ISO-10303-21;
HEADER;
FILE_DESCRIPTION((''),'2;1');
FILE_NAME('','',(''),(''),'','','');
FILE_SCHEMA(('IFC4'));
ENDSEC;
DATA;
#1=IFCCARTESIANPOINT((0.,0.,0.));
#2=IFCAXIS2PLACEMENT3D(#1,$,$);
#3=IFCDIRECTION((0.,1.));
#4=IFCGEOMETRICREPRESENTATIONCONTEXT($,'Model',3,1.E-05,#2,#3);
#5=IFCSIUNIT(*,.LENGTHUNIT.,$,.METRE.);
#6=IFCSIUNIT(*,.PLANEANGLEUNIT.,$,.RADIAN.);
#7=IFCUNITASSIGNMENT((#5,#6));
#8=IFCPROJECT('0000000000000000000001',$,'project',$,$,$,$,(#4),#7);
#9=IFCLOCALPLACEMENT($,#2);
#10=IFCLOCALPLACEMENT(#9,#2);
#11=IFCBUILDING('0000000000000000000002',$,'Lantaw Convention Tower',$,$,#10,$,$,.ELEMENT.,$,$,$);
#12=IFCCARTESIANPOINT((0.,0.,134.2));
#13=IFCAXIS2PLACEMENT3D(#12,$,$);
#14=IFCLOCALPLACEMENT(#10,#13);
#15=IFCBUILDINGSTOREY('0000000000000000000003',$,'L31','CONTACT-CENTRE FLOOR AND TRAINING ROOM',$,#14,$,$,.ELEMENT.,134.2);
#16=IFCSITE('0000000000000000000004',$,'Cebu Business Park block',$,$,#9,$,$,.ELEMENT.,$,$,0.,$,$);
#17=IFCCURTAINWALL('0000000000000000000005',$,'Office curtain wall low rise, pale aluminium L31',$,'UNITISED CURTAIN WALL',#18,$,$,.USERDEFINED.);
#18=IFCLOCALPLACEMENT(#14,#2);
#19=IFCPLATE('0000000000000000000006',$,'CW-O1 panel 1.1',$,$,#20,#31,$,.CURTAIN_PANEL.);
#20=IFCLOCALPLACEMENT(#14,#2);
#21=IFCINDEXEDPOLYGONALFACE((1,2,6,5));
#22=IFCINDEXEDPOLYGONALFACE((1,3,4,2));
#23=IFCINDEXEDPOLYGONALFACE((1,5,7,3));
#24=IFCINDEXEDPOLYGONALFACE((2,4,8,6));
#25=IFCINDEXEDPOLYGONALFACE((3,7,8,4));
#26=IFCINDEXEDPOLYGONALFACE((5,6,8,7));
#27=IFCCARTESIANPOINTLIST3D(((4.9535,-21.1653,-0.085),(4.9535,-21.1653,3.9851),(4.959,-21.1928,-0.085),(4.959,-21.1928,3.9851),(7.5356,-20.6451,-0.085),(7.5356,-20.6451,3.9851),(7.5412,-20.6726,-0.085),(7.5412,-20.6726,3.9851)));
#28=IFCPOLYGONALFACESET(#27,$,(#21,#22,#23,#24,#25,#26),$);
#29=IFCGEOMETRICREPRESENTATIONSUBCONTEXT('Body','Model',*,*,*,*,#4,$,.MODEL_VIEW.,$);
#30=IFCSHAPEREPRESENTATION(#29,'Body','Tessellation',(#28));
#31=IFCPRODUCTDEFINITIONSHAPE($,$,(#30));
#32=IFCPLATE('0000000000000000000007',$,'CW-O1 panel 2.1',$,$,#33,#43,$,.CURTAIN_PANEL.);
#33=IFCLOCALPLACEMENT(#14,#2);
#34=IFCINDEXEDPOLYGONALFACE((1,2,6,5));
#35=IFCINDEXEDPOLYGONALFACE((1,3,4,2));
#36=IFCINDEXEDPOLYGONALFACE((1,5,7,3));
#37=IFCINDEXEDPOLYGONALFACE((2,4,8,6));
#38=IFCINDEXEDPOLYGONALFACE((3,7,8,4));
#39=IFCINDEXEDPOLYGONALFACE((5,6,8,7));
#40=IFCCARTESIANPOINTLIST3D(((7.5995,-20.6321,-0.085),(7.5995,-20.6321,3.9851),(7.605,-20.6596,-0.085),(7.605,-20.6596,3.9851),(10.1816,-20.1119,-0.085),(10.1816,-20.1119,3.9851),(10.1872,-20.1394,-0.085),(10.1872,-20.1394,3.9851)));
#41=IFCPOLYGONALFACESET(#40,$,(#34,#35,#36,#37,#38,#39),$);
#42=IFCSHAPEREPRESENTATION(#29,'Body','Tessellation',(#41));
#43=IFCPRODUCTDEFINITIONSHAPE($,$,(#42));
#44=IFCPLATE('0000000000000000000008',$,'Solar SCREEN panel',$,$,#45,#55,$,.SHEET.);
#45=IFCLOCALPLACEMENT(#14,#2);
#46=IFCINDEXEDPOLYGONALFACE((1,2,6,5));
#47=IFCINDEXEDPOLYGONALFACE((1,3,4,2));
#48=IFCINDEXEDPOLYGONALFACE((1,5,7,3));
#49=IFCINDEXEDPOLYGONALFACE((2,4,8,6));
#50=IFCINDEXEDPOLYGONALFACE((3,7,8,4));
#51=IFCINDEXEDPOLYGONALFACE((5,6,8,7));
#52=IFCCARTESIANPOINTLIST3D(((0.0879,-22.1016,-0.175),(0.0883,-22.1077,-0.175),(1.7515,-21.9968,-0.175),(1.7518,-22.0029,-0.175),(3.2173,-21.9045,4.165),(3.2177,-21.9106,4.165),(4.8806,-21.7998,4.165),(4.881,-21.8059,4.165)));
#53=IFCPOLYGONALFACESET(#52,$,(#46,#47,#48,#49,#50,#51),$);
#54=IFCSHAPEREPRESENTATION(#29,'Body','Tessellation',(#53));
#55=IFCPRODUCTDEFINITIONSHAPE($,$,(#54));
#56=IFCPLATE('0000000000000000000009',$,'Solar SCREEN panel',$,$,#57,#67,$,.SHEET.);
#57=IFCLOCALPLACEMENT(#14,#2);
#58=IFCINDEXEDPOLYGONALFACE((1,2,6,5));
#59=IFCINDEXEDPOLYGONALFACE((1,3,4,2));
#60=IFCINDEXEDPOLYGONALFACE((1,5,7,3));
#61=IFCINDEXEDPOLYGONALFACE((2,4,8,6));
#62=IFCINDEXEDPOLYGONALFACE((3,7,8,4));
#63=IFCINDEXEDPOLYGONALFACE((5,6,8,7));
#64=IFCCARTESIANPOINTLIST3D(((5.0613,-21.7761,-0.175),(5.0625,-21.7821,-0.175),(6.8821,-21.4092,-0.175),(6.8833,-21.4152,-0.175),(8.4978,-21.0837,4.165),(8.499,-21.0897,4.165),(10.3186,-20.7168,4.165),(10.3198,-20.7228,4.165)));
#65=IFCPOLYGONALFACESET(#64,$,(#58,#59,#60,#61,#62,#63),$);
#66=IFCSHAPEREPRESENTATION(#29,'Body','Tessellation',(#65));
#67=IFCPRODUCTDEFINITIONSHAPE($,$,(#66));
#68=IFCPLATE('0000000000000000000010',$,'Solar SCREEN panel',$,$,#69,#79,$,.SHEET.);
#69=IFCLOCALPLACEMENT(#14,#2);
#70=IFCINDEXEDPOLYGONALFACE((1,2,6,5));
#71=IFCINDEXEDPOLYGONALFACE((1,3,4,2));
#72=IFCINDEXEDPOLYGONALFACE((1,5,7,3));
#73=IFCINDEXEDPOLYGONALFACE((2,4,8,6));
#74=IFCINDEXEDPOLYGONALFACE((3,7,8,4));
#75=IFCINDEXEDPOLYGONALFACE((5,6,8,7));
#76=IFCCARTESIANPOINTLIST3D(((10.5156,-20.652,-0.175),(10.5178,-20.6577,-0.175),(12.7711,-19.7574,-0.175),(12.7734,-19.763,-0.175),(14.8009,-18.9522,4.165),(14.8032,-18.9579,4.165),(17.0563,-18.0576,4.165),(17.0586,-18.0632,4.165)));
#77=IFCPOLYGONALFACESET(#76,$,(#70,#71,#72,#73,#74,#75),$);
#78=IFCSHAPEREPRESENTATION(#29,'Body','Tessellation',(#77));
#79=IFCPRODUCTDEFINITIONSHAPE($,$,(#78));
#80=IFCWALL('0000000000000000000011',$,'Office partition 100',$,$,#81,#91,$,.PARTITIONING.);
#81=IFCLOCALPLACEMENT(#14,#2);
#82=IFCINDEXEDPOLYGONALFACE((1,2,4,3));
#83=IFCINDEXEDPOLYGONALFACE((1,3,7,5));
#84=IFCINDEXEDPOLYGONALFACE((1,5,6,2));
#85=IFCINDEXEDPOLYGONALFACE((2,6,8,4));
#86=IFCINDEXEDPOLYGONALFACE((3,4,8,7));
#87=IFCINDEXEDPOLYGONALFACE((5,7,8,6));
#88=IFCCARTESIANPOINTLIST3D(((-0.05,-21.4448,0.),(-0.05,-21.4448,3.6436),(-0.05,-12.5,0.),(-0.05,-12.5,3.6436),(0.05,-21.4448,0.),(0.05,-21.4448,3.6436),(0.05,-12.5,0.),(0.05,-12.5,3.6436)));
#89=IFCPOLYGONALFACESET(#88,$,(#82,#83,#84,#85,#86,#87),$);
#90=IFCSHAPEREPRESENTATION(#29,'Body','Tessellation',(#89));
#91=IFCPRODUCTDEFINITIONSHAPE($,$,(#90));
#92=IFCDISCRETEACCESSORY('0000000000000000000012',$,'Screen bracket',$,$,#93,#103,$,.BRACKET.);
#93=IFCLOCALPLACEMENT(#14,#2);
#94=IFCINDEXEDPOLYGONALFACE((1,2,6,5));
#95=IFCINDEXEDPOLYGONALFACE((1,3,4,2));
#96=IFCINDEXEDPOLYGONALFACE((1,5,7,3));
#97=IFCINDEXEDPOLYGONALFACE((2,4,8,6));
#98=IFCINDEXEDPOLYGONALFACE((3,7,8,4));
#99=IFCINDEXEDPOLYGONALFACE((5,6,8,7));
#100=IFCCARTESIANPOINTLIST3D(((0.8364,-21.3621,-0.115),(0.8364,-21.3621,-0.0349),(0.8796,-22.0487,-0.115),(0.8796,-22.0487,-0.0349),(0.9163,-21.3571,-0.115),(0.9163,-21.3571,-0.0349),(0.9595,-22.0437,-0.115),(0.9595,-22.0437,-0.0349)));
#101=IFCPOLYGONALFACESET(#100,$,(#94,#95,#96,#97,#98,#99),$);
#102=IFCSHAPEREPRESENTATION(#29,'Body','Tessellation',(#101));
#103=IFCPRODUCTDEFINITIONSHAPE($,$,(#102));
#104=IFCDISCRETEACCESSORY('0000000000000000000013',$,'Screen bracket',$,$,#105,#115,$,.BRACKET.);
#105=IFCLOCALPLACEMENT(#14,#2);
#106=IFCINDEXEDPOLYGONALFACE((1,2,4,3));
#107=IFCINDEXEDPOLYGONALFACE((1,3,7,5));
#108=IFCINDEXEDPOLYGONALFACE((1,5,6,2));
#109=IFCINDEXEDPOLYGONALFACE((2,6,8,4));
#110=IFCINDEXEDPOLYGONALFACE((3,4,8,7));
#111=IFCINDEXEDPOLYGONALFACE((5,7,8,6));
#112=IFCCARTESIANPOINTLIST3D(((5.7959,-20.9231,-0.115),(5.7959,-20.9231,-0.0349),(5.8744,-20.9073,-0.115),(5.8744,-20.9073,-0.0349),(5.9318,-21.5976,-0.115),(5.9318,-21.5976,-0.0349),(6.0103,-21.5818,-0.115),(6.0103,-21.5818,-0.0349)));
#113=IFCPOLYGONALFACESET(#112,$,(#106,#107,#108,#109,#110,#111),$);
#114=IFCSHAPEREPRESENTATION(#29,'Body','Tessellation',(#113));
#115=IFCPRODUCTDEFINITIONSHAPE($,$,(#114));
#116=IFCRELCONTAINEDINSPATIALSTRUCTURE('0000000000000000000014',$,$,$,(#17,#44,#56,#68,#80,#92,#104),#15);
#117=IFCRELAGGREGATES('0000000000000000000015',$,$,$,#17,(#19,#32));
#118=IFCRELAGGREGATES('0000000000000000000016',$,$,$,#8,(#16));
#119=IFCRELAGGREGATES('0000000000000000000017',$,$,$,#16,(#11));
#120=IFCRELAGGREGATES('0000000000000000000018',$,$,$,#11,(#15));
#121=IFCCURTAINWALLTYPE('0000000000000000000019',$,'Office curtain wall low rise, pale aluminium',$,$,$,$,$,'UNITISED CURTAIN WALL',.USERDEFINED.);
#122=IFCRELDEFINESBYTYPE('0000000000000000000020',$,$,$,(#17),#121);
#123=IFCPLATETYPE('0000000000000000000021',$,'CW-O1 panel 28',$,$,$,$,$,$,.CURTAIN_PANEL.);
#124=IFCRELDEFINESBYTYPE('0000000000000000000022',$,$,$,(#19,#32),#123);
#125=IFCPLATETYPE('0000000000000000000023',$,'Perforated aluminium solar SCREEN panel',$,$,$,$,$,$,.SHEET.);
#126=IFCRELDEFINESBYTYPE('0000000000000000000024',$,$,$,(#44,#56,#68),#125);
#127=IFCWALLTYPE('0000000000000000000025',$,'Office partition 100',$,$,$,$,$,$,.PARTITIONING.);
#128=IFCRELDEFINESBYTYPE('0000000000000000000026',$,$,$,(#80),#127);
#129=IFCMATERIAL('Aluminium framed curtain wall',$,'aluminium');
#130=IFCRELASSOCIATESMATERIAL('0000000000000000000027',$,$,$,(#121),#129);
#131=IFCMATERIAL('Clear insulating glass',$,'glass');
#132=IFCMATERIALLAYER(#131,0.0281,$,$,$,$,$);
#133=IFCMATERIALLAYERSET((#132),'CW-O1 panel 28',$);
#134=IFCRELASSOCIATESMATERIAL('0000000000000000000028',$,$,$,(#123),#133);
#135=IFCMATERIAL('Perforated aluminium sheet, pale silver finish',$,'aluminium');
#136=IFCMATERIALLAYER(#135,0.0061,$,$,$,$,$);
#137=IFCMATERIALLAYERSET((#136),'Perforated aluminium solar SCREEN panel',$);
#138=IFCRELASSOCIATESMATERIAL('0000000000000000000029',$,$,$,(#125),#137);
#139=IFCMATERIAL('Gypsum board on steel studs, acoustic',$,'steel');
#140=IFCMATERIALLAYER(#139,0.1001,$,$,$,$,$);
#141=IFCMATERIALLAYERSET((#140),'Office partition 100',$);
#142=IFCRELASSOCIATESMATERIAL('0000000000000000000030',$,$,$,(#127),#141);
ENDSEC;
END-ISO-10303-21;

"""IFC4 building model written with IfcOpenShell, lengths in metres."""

from ifc_helpers import new_model, si_unit, direction, frame, frame_2d, origin, origin_2d, place, context, subcontext, project, spatial, polyline, rectangle, outline, extrude, material, layer, layer_set, type_object, element, aggregate, save


model = new_model("IFC4")

# Units and contexts
model_context = context("Model", 3, precision=1e-05, world=origin(), true_north=direction((0.0, 1.0)))
body_context = subcontext(model_context, "Body", "Model", "MODEL_VIEW")
ifc_project = project(units=[si_unit("LENGTHUNIT", "METRE"), si_unit("PLANEANGLEUNIT", "RADIAN")], contexts=[model_context])

# Site, building, storey
site_placement = place(None, origin())
site = spatial("IfcSite", under=ifc_project, at=site_placement, Name="Cebu Business Park block", CompositionType="ELEMENT", RefElevation=0.0)
building_placement = place(site_placement, origin())
building = spatial("IfcBuilding", under=site, at=building_placement, Name="Lantaw Convention Tower", CompositionType="ELEMENT")
storey_placement = place(building_placement, frame((0.0, 0.0, 134.2)))
storey = spatial("IfcBuildingStorey", under=building, at=storey_placement, Name="L31", Description="CONTACT-CENTRE FLOOR AND TRAINING ROOM", CompositionType="ELEMENT", Elevation=134.2)

# Curtain wall
ifc_material_1 = material(Name="Aluminium framed curtain wall", Category="aluminium")
curtain_wall_type = type_object("IfcCurtainWallType", Name="Office curtain wall low rise, pale aluminium", ElementType="UNITISED CURTAIN WALL", PredefinedType="USERDEFINED", material=ifc_material_1)
curtain_wall_1_placement = place(storey_placement, origin())
curtain_wall_1 = element("IfcCurtainWall", 1, at=curtain_wall_1_placement, inside=storey, type_object=curtain_wall_type, Name="Office curtain wall low rise, pale aluminium L31", ObjectType="UNITISED CURTAIN WALL", PredefinedType="USERDEFINED")

# Plates
ifc_material_2 = material(Name="Clear insulating glass", Category="glass")
ifc_layer_1 = layer(ifc_material_2, 0.0281)
ifc_layer_set_1 = layer_set([ifc_layer_1], Name="CW-O1 panel 28")
plate_type_1 = type_object("IfcPlateType", Name="CW-O1 panel 28", PredefinedType="CURTAIN_PANEL", material=ifc_layer_set_1)
plate_1_placement = place(storey_placement, frame((6.2473, -20.9189, -0.085), z_axis=(0.0, 0.0, 1.0), x_axis=(0.980302, 0.197507, 0.0)))
plate_1 = element("IfcPlate", 2, at=plate_1_placement, type_object=plate_type_1, Name="CW-O1 panel 1.1", PredefinedType="CURTAIN_PANEL", context=body_context, shape_type="SweptSolid", body=[
    extrude(rectangle(XDim=2.634, YDim=0.0281, at=origin_2d()), origin(), (0.0, 0.0, 1.0), 4.0701),
])
plate_2_placement = place(storey_placement, frame((8.8933, -20.3857, -0.085), z_axis=(0.0, 0.0, 1.0), x_axis=(0.980302, 0.197507, 0.0)))
plate_2 = element("IfcPlate", 3, at=plate_2_placement, type_object=plate_type_1, Name="CW-O1 panel 2.1", PredefinedType="CURTAIN_PANEL", context=body_context, shape_type="SweptSolid", body=[
    extrude(rectangle(XDim=2.634, YDim=0.0281, at=origin_2d()), origin(), (0.0, 0.0, 1.0), 4.0701),
])
aggregate(curtain_wall_1, [plate_1, plate_2])

# Plates
ifc_material_3 = material(Name="Perforated aluminium sheet, pale silver finish", Category="aluminium")
ifc_layer_2 = layer(ifc_material_3, 0.0061)
ifc_layer_set_2 = layer_set([ifc_layer_2], Name="Perforated aluminium solar SCREEN panel")
plate_type_2 = type_object("IfcPlateType", Name="Perforated aluminium solar SCREEN panel", PredefinedType="SHEET", material=ifc_layer_set_2)
plate_3_placement = place(storey_placement, frame((0.0879, -22.1016, -0.175), z_axis=(-0.062839, 0.998024, 0.000002), x_axis=(0.998024, 0.062839, 0.0)))
element("IfcPlate", 4, at=plate_3_placement, inside=storey, type_object=plate_type_2, Name="Solar SCREEN panel", PredefinedType="SHEET", context=body_context, shape_type="SweptSolid", body=[
    extrude(outline(polyline([(0.0, 0.0), (1.6669, 0.0), (4.8022, -4.3401), (3.1356, -4.3401), (0.0, 0.0)])), origin(), (0.0, 0.0, -1.0), 0.0061),
])
plate_4_placement = place(storey_placement, frame((5.0613, -21.7761, -0.175), z_axis=(-0.197557, 0.980291, 0.000039), x_axis=(0.980291, 0.197557, 0.0)))
element("IfcPlate", 5, at=plate_4_placement, inside=storey, type_object=plate_type_2, Name="Solar SCREEN panel", PredefinedType="SHEET", context=body_context, shape_type="SweptSolid", body=[
    extrude(outline(polyline([(0.0, 0.0), (1.8574, 0.0), (5.363, -4.3401), (3.5056, -4.3401), (0.0, 0.0)])), origin(), (0.0, 0.0, -1.0), 0.0061),
])
plate_5_placement = place(storey_placement, frame((10.5178, -20.6577, -0.175), z_axis=(0.368709, -0.929545, 0.000011), x_axis=(0.929545, 0.368709, 0.0)))
element("IfcPlate", 6, at=plate_5_placement, inside=storey, type_object=plate_type_2, Name="Solar SCREEN panel", PredefinedType="SHEET", context=body_context, shape_type="SweptSolid", body=[
    extrude(outline(polyline([(0.0, 0.0), (2.4265, 0.0), (7.0365, 4.3401), (4.6102, 4.3401), (0.0, 0.0)])), origin(), (0.0, 0.0, -1.0), 0.0061),
])

# Wall
ifc_material_4 = material(Name="Gypsum board on steel studs, acoustic", Category="steel")
ifc_layer_3 = layer(ifc_material_4, 0.1001)
ifc_layer_set_3 = layer_set([ifc_layer_3], Name="Office partition 100")
wall_type = type_object("IfcWallType", Name="Office partition 100", PredefinedType="PARTITIONING", material=ifc_layer_set_3)
wall_placement = place(storey_placement, frame((0.0, -21.4448, 0.0), z_axis=(0.0, 0.0, 1.0), x_axis=(0.0, 1.0, 0.0)))
element("IfcWall", 7, at=wall_placement, inside=storey, type_object=wall_type, Name="Office partition 100", PredefinedType="PARTITIONING", context=body_context, shape_type="SweptSolid", body=[
    extrude(rectangle(XDim=8.9448, YDim=0.1001, at=frame_2d((4.4724, 0.0))), origin(), (0.0, 0.0, 1.0), 3.6436),
])

# Discrete accessories
for number, where, z_axis, x_axis, name in (
    (8, (0.8979, -21.7029, -0.115), (0.0, 0.0, 1.0), (0.998022, 0.062865, 0.0), "Screen bracket"),
    (9, (5.9031, -21.2524, -0.115), (0.0, 0.0, 1.0), (0.980302, 0.197507, 0.0), "Screen bracket"),
):
    element("IfcDiscreteAccessory", number, at=place(storey_placement, frame(where, z_axis=z_axis, x_axis=x_axis)), inside=storey, Name=name, PredefinedType="BRACKET", context=body_context, shape_type="SweptSolid", body=[
        extrude(rectangle(XDim=0.0801, YDim=0.688, at=origin_2d()), origin(), (0.0, 0.0, 1.0), 0.0801),
    ])

save(model, "model.ifc")
